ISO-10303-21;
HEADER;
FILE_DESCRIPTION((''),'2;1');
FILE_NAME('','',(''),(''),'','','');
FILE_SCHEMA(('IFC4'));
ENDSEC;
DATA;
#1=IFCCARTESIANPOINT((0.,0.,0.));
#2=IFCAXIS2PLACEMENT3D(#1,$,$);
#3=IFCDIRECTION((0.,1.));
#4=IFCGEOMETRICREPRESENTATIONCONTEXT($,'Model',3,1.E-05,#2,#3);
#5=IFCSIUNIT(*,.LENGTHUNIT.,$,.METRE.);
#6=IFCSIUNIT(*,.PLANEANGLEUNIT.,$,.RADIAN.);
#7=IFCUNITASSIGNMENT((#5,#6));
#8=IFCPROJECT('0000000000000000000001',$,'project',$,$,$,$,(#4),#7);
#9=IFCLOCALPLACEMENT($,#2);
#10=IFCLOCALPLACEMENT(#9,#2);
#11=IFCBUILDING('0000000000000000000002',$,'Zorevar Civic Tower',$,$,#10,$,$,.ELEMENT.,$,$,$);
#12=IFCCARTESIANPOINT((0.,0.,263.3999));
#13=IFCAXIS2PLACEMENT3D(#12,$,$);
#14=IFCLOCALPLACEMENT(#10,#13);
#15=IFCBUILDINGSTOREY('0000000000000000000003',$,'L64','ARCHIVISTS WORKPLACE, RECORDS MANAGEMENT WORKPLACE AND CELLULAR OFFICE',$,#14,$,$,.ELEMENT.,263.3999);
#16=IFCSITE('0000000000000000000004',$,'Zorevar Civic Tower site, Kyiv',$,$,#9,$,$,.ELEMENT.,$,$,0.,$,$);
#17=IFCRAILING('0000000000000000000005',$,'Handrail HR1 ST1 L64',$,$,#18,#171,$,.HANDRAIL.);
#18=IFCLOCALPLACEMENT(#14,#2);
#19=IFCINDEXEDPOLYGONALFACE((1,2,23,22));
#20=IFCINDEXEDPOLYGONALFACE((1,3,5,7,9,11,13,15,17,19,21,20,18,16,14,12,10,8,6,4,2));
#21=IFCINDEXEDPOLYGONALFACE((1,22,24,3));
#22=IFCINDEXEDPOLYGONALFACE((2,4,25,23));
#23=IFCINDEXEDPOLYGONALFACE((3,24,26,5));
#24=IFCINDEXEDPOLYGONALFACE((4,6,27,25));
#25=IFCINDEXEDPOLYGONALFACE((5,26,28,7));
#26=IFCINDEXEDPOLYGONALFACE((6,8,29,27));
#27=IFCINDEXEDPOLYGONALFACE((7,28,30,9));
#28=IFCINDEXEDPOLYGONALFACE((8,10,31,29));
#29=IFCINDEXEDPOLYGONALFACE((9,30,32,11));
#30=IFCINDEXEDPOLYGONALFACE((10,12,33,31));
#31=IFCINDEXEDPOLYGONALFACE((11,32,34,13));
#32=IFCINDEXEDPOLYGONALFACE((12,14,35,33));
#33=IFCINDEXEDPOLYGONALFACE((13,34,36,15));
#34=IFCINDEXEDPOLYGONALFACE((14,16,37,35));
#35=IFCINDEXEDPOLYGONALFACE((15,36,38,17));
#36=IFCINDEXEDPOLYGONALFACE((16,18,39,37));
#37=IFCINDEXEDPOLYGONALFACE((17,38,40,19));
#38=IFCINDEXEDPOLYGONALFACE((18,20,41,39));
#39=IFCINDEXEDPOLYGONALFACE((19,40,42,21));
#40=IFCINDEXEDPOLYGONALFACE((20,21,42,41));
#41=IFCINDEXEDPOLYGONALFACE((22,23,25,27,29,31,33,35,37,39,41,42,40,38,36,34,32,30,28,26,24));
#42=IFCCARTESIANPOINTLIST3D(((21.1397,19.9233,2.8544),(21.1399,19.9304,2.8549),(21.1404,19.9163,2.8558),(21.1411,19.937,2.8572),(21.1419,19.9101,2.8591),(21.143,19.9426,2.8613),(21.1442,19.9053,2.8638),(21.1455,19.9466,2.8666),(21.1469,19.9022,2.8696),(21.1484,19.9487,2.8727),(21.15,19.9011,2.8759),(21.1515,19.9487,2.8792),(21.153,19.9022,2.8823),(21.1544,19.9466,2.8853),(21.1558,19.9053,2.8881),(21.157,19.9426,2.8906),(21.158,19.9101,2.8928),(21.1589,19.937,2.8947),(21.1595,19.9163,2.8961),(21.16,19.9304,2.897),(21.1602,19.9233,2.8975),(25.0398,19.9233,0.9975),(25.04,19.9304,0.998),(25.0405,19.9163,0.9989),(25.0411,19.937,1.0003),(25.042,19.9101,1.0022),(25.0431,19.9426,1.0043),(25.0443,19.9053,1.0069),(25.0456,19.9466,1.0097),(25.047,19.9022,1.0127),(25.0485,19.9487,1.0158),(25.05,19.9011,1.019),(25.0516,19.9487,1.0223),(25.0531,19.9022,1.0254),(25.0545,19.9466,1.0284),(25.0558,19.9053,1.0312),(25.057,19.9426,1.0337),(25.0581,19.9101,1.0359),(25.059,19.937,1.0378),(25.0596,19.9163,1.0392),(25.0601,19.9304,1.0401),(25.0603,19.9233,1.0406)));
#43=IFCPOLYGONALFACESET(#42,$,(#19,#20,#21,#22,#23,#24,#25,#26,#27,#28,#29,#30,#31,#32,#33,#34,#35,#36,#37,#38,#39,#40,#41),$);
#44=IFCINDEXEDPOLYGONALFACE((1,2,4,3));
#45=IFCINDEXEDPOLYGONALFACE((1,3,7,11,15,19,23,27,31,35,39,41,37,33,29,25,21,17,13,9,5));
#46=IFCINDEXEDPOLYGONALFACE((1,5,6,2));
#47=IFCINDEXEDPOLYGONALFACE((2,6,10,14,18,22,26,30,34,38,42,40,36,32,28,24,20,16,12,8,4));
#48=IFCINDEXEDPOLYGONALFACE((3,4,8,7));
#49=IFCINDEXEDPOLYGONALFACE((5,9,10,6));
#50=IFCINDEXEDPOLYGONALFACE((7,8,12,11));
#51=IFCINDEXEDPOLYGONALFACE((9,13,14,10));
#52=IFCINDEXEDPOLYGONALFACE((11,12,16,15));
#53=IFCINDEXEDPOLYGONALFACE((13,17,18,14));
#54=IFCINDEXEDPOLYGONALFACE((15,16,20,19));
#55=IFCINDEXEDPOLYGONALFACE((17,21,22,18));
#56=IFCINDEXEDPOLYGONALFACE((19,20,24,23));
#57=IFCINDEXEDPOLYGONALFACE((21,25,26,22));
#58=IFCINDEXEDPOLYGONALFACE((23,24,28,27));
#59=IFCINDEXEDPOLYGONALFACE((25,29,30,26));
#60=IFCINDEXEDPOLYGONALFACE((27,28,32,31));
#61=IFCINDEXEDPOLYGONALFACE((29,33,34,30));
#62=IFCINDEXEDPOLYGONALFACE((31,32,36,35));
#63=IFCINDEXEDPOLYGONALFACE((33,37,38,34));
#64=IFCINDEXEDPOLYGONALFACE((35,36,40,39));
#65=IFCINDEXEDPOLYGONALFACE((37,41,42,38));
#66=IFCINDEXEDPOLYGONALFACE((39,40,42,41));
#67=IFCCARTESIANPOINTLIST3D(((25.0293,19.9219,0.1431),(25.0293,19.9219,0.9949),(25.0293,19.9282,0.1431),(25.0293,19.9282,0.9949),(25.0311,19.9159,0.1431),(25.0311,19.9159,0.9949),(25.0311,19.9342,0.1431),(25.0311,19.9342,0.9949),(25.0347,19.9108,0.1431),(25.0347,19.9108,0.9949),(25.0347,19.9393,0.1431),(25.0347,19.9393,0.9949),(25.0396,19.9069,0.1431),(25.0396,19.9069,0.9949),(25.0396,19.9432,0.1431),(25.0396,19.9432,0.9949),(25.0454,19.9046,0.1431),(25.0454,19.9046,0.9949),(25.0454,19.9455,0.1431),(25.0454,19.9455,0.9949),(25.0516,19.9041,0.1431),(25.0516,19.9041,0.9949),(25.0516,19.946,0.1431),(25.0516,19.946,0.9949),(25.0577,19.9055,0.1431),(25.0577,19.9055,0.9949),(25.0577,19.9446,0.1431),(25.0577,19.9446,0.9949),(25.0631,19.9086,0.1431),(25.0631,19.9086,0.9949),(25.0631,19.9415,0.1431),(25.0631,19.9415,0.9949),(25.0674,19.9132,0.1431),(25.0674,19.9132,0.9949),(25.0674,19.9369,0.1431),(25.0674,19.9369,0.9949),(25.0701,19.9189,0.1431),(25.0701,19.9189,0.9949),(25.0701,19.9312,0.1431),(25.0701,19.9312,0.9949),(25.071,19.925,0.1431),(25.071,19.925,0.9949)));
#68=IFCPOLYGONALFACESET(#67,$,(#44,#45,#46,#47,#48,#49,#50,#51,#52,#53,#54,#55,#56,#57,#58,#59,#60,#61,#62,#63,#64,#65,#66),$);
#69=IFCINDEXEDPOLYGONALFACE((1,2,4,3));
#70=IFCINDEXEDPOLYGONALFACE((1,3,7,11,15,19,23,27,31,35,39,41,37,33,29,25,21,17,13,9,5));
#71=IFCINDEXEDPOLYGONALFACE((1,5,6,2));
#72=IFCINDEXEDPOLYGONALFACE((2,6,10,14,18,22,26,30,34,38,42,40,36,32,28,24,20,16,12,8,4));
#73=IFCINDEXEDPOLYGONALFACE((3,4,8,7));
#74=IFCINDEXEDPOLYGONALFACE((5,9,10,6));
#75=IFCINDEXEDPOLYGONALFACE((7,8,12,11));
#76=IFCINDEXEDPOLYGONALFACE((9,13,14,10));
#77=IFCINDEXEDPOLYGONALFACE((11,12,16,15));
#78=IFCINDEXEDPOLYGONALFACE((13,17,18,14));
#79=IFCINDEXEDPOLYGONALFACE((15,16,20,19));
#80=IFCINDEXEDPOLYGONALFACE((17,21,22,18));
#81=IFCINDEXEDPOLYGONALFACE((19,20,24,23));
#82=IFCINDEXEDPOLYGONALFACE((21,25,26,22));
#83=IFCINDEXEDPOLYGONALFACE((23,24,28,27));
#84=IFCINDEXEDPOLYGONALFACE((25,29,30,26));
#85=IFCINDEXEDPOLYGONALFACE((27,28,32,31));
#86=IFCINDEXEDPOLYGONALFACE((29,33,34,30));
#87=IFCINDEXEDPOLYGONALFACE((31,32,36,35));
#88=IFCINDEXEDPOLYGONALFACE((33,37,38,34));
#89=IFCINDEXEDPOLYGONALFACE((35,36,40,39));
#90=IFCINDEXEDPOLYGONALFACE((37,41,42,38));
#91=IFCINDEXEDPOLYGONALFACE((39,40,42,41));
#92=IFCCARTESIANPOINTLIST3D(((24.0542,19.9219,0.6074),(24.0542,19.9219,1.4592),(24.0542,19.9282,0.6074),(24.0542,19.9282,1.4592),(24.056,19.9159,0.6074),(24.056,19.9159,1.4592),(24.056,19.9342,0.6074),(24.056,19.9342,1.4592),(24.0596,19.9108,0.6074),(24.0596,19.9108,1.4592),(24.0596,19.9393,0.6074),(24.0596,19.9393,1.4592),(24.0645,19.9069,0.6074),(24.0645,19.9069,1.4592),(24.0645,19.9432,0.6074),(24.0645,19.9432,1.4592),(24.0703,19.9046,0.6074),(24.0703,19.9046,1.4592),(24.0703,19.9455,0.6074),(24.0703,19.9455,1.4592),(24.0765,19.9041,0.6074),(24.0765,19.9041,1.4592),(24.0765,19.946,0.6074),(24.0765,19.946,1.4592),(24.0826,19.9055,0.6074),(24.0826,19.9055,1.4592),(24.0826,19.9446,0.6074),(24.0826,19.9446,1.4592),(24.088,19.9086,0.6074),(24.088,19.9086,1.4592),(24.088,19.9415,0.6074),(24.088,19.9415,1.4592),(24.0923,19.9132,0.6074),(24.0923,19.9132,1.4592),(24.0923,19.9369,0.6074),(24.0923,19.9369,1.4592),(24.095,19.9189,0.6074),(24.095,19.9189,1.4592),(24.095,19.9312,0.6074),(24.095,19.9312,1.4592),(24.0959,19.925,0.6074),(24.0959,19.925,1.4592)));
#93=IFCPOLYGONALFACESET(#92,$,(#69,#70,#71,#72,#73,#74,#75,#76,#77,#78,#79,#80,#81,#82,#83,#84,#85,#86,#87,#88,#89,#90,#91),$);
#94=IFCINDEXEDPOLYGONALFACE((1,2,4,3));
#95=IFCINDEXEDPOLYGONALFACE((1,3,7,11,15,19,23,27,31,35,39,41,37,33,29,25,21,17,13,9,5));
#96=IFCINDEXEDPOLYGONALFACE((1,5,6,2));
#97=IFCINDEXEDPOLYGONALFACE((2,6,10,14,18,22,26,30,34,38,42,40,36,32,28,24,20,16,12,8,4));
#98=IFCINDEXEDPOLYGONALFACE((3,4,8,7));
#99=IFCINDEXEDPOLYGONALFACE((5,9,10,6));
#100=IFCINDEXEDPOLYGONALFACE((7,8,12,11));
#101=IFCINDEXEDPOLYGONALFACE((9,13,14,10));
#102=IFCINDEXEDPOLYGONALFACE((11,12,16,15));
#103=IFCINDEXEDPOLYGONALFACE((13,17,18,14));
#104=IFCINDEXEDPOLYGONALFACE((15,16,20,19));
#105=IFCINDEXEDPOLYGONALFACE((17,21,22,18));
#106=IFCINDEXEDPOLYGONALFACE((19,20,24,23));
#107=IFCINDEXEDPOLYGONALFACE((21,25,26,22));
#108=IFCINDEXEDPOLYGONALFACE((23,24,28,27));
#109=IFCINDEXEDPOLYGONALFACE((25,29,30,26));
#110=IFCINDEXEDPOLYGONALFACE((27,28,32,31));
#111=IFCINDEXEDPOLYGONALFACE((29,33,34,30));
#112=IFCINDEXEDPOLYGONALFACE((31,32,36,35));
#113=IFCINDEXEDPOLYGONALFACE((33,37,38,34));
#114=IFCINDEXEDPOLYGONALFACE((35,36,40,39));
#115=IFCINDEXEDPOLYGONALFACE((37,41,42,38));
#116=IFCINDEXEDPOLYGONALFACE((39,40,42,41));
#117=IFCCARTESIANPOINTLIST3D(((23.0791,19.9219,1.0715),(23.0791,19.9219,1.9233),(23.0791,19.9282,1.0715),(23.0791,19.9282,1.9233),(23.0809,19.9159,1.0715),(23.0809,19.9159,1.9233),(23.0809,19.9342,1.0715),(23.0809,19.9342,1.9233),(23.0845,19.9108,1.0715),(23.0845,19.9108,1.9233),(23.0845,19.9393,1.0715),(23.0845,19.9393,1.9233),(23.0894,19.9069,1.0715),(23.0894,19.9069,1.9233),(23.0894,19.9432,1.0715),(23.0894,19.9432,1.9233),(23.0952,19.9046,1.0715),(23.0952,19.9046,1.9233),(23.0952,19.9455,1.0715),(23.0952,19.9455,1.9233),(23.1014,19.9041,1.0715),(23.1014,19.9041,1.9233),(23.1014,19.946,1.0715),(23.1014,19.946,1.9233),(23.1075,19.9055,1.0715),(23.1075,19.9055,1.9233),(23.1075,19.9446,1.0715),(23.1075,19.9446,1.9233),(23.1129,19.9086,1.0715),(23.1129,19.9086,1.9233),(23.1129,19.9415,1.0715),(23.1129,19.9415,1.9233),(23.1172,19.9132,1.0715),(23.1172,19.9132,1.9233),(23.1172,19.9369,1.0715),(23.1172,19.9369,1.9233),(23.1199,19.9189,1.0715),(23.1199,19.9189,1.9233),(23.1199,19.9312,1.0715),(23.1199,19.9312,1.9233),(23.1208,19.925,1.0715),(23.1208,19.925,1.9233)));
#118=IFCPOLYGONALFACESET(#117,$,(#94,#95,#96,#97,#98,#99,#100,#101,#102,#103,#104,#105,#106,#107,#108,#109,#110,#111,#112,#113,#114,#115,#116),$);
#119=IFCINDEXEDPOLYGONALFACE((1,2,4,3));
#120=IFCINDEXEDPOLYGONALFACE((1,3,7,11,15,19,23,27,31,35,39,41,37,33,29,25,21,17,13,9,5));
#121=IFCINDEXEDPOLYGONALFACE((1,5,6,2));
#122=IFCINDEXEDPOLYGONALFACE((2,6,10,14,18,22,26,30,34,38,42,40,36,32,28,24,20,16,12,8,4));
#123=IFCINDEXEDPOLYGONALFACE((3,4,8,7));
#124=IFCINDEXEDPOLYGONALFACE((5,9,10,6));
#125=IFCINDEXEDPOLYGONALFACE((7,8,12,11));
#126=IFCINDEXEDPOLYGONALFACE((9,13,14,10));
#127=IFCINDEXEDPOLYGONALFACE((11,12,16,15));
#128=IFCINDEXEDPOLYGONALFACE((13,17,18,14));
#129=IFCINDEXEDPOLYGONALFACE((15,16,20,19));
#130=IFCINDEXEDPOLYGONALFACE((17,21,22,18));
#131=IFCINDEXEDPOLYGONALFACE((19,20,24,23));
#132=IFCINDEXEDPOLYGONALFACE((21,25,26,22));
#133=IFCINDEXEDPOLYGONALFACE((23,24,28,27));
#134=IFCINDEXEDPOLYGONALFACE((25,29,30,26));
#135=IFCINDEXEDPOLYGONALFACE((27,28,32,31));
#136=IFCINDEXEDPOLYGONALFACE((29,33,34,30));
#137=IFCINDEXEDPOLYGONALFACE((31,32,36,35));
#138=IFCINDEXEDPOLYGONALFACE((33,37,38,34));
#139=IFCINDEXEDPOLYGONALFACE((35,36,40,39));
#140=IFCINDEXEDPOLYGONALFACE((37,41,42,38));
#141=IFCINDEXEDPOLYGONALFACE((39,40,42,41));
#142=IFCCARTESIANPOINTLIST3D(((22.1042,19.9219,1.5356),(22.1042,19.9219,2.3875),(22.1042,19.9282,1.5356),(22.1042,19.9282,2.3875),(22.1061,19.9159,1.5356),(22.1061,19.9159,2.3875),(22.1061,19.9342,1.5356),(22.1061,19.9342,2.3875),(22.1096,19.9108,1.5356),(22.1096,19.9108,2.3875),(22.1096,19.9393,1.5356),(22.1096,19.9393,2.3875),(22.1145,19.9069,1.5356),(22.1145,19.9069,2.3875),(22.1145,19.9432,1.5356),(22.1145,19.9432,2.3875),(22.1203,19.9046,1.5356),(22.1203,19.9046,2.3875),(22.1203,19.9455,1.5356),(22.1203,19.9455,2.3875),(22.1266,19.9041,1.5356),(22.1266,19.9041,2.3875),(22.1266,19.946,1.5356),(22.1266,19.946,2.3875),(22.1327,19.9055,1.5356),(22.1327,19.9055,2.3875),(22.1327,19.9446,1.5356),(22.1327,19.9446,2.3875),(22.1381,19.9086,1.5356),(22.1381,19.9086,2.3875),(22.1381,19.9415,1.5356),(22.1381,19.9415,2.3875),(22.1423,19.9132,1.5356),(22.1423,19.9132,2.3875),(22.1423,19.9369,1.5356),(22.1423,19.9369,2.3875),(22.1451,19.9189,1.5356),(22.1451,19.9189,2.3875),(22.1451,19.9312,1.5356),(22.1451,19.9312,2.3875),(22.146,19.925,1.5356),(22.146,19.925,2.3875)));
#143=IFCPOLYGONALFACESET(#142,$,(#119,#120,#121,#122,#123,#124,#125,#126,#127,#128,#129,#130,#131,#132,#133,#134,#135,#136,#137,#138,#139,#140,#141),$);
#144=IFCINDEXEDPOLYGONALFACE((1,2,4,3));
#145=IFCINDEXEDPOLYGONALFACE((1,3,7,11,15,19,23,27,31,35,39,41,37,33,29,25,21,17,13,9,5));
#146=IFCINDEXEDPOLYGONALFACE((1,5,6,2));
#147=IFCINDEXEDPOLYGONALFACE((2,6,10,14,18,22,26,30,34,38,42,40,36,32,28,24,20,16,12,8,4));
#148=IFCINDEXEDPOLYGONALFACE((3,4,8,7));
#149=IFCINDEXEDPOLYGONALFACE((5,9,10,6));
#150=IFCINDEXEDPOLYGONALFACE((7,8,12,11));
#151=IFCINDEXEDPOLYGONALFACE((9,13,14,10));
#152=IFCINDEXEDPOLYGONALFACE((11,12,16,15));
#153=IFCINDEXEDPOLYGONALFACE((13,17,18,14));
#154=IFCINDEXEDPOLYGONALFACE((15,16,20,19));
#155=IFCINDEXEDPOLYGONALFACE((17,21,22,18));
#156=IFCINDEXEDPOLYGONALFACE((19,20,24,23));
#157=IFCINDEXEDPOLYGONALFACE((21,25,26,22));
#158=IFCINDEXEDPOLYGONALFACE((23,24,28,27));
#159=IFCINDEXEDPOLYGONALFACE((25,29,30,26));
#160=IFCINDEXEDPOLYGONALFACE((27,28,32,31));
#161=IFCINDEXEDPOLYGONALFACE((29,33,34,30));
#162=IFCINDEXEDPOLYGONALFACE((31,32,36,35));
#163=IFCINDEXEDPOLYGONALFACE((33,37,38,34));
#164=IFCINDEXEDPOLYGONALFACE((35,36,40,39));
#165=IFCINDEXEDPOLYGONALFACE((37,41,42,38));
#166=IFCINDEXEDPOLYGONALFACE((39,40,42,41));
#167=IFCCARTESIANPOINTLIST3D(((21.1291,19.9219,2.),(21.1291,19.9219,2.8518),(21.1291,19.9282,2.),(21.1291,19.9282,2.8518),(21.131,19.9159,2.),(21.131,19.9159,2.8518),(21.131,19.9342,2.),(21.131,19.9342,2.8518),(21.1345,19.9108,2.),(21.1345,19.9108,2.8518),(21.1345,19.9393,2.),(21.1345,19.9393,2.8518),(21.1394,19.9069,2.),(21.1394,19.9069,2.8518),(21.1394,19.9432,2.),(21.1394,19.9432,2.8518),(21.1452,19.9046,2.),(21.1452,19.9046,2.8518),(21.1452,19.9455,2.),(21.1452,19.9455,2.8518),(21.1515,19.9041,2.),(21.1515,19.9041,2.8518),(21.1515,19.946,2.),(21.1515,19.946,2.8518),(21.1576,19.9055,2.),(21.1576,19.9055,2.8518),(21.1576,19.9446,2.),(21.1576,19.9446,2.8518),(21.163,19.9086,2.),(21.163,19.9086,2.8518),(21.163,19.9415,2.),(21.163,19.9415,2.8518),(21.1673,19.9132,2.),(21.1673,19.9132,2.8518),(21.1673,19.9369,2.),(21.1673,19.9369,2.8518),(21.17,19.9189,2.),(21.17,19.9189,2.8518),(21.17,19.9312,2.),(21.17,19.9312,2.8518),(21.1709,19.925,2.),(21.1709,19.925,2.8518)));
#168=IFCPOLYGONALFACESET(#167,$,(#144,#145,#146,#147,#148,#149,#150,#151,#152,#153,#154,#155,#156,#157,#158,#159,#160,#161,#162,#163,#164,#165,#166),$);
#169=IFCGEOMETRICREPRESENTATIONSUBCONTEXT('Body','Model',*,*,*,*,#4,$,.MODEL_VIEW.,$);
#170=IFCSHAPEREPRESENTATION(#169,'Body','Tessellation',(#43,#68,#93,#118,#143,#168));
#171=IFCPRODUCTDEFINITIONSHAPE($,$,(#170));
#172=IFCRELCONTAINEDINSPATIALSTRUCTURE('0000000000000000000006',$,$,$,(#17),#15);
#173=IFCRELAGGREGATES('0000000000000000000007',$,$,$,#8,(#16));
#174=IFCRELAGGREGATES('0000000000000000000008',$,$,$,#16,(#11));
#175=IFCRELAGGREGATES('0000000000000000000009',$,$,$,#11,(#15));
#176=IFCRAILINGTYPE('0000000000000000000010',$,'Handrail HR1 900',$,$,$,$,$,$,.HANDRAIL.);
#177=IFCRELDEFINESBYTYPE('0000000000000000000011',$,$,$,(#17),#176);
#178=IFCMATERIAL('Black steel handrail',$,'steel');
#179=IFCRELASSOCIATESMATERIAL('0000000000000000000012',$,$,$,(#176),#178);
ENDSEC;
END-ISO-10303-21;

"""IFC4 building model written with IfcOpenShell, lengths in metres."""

from ifc_helpers import new_model, si_unit, direction, frame, origin, origin_2d, place, context, subcontext, project, spatial, circle, extrude, material, type_object, element, save


model = new_model("IFC4")

# Units and contexts
model_context = context("Model", 3, precision=1e-05, world=origin(), true_north=direction((0.0, 1.0)))
body_context = subcontext(model_context, "Body", "Model", "MODEL_VIEW")
ifc_project = project(units=[si_unit("LENGTHUNIT", "METRE"), si_unit("PLANEANGLEUNIT", "RADIAN")], contexts=[model_context])

# Site, building, storey
site_placement = place(None, origin())
site = spatial("IfcSite", under=ifc_project, at=site_placement, Name="Zorevar Civic Tower site, Kyiv", CompositionType="ELEMENT", RefElevation=0.0)
building_placement = place(site_placement, origin())
building = spatial("IfcBuilding", under=site, at=building_placement, Name="Zorevar Civic Tower", CompositionType="ELEMENT")
storey_placement = place(building_placement, frame((0.0, 0.0, 263.3999)))
storey = spatial("IfcBuildingStorey", under=building, at=storey_placement, Name="L64", Description="ARCHIVISTS WORKPLACE, RECORDS MANAGEMENT WORKPLACE AND CELLULAR OFFICE", CompositionType="ELEMENT", Elevation=263.3999)

# Railing
ifc_material_1 = material(Name="Black steel handrail", Category="steel")
railing_type = type_object("IfcRailingType", Name="Handrail HR1 900", PredefinedType="HANDRAIL", material=ifc_material_1)
railing_1_placement = place(storey_placement, frame((25.05, 19.925, 0.1431)))
element("IfcRailing", 1, at=railing_1_placement, inside=storey, type_object=railing_type, Name="Handrail HR1 ST1 L64", PredefinedType="HANDRAIL", context=body_context, shape_type="SweptSolid", body=[
    extrude(circle(Radius=0.0239, at=origin_2d()), frame((0.0, 0.0, 0.876), z_axis=(-0.902886, 0.0, 0.429881), x_axis=(0.0, -1.0, 0.0)), (0.0, 0.0, 1.0), 4.3196),
    extrude(circle(Radius=0.021, at=origin_2d()), origin(), (0.0, 0.0, 1.0), 0.8518),
    extrude(circle(Radius=0.021, at=origin_2d()), frame((-0.9751, 0.0, 0.4644)), (0.0, 0.0, 1.0), 0.8518),
    extrude(circle(Radius=0.021, at=origin_2d()), frame((-1.9502, 0.0, 0.9285)), (0.0, 0.0, 1.0), 0.8518),
    extrude(circle(Radius=0.021, at=origin_2d()), frame((-2.925, 0.0, 1.3926)), (0.0, 0.0, 1.0), 0.8518),
    extrude(circle(Radius=0.021, at=origin_2d()), frame((-3.9001, 0.0, 1.8569)), (0.0, 0.0, 1.0), 0.8518),
])

save(model, "model.ifc")
